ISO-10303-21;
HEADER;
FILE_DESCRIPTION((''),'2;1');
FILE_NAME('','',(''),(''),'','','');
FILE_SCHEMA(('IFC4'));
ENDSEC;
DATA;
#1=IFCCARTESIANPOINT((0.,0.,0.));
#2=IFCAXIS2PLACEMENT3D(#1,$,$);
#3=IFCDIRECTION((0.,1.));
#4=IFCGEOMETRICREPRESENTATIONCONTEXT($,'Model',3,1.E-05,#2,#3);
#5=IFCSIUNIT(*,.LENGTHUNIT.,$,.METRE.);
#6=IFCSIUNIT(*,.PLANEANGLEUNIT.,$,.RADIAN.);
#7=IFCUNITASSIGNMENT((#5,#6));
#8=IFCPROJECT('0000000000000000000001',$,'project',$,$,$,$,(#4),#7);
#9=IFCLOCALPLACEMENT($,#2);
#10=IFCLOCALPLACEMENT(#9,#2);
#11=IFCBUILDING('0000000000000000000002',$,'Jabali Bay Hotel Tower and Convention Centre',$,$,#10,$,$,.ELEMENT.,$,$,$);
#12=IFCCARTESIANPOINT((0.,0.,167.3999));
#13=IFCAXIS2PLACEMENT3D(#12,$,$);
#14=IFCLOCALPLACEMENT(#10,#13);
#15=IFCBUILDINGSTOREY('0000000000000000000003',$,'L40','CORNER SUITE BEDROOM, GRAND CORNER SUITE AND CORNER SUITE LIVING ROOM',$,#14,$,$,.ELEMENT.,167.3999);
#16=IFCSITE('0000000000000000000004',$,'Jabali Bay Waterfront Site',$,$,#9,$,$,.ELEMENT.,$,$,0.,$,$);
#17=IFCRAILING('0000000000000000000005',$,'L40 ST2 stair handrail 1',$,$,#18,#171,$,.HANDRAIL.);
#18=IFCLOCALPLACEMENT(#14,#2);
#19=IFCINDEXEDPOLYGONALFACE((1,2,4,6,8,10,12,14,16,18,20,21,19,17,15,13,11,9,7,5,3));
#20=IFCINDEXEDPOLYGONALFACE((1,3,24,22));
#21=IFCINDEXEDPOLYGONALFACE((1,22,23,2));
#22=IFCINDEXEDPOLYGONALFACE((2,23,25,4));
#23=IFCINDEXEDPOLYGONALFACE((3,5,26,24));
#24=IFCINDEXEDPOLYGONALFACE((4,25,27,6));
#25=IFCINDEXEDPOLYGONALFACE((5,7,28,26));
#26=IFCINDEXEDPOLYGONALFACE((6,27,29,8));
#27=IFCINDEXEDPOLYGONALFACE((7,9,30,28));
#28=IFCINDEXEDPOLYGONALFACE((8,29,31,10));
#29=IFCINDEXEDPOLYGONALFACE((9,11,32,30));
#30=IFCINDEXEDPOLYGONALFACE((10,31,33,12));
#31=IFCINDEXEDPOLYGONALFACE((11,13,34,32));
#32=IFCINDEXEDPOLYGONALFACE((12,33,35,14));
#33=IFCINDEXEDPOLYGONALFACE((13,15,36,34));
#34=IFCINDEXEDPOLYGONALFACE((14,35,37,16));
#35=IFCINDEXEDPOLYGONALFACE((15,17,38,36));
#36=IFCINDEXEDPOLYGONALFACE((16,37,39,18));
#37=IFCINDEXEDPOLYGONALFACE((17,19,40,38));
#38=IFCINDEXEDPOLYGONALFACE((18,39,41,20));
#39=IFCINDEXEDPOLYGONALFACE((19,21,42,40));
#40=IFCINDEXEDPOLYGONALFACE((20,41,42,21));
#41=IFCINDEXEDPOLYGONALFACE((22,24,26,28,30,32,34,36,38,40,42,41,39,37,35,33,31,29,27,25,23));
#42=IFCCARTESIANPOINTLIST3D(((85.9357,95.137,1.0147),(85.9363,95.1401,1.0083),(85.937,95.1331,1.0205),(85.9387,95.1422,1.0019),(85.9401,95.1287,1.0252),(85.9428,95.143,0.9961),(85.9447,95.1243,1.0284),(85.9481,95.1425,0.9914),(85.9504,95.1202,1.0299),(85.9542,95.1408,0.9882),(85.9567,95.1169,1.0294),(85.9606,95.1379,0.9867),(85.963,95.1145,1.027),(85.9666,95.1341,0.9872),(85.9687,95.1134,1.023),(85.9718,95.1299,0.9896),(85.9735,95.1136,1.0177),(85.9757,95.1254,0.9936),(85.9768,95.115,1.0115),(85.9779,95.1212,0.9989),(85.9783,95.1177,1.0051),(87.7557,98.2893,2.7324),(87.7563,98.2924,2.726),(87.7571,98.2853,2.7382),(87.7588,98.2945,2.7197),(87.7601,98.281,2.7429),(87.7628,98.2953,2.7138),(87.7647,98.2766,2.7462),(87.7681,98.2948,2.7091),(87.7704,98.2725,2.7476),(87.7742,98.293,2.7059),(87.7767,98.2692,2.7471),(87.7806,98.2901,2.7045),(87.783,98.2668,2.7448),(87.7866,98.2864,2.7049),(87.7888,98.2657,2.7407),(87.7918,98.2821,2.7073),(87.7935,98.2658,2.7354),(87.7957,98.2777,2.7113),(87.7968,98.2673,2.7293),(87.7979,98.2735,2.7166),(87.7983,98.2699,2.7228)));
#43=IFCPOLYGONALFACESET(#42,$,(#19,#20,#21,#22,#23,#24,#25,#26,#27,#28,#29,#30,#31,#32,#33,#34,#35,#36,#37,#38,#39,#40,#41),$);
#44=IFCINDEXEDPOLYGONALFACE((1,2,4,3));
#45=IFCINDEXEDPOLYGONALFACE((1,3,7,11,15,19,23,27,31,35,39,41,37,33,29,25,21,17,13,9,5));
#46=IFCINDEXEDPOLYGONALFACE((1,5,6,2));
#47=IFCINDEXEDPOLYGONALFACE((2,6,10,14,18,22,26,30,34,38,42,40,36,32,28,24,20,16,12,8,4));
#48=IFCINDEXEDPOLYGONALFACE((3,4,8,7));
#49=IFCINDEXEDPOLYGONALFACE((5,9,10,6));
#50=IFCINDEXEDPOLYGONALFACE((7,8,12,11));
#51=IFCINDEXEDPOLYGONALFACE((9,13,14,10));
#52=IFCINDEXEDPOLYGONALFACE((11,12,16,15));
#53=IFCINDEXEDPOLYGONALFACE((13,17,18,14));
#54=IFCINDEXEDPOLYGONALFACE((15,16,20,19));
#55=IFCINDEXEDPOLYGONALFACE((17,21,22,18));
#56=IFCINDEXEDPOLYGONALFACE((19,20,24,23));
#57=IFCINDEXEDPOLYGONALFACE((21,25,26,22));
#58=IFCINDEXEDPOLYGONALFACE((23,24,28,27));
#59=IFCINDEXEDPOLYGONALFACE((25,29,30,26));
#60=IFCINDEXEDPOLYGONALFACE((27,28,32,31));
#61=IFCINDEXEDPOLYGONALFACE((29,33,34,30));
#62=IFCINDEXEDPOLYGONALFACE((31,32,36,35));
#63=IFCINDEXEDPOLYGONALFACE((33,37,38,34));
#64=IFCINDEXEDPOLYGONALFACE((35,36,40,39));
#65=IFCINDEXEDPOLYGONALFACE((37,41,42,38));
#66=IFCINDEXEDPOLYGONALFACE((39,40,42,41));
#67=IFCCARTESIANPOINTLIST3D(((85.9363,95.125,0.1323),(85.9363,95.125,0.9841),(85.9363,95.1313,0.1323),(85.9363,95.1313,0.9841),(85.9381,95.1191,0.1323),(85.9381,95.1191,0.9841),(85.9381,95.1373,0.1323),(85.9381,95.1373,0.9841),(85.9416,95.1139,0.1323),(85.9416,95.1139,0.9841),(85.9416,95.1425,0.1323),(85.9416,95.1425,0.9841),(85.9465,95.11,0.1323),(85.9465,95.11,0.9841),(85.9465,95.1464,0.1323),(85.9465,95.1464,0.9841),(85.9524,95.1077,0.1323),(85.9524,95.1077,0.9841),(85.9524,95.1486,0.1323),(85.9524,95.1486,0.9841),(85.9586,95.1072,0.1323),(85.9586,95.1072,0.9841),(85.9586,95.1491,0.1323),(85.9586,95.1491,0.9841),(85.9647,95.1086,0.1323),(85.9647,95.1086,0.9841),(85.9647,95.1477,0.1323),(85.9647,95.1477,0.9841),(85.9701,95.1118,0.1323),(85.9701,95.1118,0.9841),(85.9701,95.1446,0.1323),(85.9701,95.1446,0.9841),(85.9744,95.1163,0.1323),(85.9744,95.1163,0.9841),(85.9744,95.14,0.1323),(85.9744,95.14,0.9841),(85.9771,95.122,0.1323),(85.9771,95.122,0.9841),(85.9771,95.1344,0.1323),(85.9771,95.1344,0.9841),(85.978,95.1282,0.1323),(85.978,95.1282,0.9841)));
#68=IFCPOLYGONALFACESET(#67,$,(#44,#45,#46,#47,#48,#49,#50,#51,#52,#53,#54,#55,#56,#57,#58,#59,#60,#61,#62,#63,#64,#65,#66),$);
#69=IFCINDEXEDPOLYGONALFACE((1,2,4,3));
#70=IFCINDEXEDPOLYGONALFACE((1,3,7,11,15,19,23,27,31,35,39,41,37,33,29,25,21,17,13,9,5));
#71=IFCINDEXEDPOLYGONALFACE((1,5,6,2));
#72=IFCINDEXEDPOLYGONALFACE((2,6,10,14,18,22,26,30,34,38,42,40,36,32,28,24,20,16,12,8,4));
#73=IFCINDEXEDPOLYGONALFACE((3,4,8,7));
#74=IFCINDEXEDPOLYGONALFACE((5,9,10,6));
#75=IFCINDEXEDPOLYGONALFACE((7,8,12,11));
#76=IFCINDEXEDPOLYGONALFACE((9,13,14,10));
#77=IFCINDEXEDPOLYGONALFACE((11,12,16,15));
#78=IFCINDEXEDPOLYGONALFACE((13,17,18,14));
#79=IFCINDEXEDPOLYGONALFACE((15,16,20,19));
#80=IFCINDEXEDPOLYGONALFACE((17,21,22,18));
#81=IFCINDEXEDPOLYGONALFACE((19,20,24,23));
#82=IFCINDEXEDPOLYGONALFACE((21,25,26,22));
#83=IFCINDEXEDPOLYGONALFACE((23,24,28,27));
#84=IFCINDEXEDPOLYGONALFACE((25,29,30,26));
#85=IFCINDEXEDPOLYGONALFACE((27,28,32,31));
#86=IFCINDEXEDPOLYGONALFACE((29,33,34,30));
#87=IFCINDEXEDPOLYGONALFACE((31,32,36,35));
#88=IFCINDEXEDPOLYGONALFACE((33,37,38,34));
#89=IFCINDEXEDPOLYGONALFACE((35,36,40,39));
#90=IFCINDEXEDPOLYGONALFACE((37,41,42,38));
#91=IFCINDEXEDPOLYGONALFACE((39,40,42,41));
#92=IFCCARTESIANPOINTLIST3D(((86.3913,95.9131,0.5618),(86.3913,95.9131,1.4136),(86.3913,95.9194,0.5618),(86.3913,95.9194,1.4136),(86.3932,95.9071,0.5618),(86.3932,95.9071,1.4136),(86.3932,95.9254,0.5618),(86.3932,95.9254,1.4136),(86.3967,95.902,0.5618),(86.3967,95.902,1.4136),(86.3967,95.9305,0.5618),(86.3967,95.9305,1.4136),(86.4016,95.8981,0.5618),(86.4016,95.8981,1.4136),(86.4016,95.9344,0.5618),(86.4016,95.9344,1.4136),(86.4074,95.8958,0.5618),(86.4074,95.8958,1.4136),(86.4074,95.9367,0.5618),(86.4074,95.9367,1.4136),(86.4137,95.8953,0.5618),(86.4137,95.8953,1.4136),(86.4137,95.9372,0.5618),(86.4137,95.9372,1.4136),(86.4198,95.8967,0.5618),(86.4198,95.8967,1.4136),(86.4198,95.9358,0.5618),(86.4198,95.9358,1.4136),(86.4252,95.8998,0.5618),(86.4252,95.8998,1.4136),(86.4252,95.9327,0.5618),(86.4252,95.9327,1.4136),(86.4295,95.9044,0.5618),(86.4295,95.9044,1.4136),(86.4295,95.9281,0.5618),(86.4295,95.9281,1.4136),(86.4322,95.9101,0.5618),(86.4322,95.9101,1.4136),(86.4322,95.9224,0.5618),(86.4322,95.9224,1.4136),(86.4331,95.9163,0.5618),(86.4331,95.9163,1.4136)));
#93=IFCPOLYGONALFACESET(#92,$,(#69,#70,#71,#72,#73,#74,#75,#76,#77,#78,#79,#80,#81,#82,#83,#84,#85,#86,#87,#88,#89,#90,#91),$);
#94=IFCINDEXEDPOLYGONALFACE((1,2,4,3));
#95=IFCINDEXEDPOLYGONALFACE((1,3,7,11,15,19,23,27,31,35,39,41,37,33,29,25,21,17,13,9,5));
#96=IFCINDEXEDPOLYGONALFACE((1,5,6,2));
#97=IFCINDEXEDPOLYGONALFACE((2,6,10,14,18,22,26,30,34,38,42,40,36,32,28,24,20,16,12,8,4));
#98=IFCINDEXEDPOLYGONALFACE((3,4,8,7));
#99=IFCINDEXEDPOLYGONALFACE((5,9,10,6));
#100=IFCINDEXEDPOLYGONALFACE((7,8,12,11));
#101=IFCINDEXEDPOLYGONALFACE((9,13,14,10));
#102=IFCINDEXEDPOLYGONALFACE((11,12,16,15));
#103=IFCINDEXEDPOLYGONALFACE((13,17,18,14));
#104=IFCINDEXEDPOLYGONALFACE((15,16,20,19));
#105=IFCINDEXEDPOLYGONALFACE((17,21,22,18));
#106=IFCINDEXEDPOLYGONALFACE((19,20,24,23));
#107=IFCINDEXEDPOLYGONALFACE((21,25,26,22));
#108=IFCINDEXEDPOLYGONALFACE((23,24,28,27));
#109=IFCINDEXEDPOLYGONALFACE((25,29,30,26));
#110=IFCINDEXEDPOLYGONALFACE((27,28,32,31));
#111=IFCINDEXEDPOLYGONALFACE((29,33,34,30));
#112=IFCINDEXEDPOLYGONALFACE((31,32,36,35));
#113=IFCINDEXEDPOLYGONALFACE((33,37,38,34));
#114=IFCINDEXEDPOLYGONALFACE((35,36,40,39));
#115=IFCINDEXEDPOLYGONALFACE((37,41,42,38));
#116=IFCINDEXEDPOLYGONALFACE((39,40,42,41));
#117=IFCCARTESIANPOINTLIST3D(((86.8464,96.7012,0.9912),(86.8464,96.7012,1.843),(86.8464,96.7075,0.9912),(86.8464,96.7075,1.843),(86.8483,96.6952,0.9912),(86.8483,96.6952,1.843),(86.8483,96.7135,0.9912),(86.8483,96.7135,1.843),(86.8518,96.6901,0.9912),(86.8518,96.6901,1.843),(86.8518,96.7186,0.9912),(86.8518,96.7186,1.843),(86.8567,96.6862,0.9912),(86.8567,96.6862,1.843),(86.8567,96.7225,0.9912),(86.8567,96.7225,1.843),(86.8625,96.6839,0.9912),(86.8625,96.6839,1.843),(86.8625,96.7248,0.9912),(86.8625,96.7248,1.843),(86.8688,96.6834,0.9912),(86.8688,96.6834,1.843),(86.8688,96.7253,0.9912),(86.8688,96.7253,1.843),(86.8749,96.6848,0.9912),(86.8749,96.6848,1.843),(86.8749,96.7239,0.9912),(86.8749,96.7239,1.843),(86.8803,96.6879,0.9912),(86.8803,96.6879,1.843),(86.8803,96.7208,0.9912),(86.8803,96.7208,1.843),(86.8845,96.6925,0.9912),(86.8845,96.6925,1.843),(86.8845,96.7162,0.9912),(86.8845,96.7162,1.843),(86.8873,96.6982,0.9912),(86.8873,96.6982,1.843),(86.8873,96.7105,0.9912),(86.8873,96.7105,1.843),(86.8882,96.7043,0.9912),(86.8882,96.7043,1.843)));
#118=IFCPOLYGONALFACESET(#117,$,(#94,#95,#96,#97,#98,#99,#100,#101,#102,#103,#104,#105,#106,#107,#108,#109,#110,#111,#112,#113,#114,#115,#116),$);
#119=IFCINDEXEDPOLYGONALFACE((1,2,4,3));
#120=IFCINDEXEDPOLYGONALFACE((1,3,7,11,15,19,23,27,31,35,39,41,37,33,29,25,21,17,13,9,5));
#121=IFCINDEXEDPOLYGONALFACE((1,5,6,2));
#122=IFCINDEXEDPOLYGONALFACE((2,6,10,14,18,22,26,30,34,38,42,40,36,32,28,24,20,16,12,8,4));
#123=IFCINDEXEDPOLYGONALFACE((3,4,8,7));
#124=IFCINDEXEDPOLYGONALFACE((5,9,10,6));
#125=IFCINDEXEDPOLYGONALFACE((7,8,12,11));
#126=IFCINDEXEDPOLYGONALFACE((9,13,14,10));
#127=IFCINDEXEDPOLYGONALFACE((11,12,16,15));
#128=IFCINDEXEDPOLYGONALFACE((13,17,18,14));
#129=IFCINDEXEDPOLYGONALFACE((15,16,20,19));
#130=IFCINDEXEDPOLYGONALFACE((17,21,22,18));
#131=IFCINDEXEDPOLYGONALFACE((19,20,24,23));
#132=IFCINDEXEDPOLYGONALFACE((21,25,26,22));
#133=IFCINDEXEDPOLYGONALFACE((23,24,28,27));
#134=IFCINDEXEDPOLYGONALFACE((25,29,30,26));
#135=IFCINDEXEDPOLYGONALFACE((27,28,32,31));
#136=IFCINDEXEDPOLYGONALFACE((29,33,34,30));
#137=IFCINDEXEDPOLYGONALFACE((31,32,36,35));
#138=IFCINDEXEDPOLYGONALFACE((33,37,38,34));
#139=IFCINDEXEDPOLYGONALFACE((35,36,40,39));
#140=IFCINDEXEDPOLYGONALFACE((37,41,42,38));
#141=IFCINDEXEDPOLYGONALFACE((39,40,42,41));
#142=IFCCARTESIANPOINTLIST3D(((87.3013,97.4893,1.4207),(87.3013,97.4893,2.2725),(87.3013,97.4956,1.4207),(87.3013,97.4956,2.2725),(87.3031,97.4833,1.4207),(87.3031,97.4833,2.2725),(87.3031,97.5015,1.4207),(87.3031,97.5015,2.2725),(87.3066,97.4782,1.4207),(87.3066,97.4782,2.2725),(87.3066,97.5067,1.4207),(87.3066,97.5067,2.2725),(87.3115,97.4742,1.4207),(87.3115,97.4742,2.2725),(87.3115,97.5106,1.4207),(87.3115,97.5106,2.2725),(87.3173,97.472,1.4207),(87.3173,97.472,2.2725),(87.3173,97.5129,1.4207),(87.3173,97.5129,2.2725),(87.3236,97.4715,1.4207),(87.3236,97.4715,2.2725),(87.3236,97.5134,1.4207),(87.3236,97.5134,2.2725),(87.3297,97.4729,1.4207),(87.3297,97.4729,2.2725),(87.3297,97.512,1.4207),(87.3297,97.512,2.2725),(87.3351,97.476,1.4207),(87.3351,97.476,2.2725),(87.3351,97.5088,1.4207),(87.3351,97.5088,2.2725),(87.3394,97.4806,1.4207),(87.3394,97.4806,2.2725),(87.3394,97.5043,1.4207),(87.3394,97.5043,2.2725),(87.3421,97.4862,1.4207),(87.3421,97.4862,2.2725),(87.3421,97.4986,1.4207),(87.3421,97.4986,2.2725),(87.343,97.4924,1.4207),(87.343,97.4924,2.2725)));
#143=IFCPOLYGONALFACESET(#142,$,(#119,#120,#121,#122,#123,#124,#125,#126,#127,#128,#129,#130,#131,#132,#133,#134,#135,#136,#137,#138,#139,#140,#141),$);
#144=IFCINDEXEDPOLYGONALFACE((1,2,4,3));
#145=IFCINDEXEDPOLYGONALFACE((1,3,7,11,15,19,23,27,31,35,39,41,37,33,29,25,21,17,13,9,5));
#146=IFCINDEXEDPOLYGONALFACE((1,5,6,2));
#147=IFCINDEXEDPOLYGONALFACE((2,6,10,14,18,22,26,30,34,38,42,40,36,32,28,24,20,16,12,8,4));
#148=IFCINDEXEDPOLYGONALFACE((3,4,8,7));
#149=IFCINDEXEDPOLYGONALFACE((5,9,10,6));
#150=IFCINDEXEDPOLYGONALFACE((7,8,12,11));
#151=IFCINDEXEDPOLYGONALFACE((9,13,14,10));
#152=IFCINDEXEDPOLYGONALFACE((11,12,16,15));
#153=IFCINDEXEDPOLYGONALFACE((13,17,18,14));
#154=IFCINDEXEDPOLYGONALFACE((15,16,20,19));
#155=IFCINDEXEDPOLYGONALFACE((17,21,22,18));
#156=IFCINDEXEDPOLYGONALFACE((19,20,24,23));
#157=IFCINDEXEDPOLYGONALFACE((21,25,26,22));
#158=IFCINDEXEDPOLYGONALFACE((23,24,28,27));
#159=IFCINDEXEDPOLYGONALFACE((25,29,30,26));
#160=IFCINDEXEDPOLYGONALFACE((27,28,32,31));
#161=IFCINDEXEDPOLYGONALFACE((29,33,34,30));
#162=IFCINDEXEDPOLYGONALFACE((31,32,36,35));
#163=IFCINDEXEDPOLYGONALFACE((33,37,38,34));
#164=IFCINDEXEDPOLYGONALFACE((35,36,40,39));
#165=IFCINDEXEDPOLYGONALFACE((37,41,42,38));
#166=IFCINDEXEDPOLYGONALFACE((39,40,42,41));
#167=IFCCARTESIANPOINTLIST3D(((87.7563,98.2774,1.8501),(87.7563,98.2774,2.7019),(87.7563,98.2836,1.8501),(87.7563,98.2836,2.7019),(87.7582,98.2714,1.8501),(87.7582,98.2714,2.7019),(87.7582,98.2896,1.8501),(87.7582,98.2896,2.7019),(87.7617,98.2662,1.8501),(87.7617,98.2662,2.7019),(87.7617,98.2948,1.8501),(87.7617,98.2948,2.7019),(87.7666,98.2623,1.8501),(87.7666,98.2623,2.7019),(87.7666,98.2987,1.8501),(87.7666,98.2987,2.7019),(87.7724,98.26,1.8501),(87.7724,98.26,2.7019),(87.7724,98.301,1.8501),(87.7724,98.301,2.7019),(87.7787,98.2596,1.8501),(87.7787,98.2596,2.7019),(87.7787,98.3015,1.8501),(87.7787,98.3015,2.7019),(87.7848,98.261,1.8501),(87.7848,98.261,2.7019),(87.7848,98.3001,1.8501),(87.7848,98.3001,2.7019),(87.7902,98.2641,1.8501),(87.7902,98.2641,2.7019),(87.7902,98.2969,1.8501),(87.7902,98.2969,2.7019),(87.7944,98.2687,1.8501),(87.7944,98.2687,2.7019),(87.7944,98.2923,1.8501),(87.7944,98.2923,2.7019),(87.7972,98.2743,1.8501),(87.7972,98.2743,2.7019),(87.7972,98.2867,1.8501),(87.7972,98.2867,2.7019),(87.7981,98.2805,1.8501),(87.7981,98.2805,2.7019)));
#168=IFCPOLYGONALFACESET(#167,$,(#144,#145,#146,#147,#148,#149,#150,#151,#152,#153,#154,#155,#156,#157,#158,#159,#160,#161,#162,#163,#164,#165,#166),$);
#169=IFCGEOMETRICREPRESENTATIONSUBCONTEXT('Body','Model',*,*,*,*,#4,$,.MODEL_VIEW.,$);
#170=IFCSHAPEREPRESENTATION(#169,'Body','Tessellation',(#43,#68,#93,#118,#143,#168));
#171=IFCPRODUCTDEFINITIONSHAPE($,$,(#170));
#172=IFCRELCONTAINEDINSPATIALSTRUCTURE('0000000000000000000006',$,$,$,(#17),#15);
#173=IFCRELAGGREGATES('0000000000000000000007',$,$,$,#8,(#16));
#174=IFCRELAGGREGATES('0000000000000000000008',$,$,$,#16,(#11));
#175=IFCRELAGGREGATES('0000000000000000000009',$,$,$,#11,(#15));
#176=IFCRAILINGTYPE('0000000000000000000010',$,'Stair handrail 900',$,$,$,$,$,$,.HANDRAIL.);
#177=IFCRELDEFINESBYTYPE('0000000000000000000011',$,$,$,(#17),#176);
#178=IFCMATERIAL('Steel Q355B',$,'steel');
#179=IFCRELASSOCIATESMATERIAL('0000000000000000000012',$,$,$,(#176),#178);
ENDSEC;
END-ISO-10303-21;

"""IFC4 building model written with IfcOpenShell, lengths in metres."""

from ifc_helpers import new_model, si_unit, direction, frame, origin, origin_2d, place, context, subcontext, project, spatial, circle, extrude, material, type_object, element, save


model = new_model("IFC4")

# Units and contexts
model_context = context("Model", 3, precision=1e-05, world=origin(), true_north=direction((0.0, 1.0)))
body_context = subcontext(model_context, "Body", "Model", "MODEL_VIEW")
ifc_project = project(units=[si_unit("LENGTHUNIT", "METRE"), si_unit("PLANEANGLEUNIT", "RADIAN")], contexts=[model_context])

# Site, building, storey
site_placement = place(None, origin())
site = spatial("IfcSite", under=ifc_project, at=site_placement, Name="Jabali Bay Waterfront Site", CompositionType="ELEMENT", RefElevation=0.0)
building_placement = place(site_placement, origin())
building = spatial("IfcBuilding", under=site, at=building_placement, Name="Jabali Bay Hotel Tower and Convention Centre", CompositionType="ELEMENT")
storey_placement = place(building_placement, frame((0.0, 0.0, 167.3999)))
storey = spatial("IfcBuildingStorey", under=building, at=storey_placement, Name="L40", Description="CORNER SUITE BEDROOM, GRAND CORNER SUITE AND CORNER SUITE LIVING ROOM", CompositionType="ELEMENT", Elevation=167.3999)

# Railing
ifc_material_1 = material(Name="Steel Q355B", Category="steel")
railing_type_1 = type_object("IfcRailingType", Name="Stair handrail 900", PredefinedType="HANDRAIL", material=ifc_material_1)
railing_1_placement = place(storey_placement, frame((85.957, 95.1282, 0.1323)))
element("IfcRailing", 1, at=railing_1_placement, inside=storey, type_object=railing_type_1, Name="L40 ST2 stair handrail 1", PredefinedType="HANDRAIL", context=body_context, shape_type="SweptSolid", body=[
    extrude(circle(Radius=0.0239, at=origin_2d()), frame((0.0, 0.0, 0.876), z_axis=(0.45219, 0.78319, 0.426775), x_axis=(-0.866018, 0.500013, 0.0)), (0.0, 0.0, 1.0), 4.0249),
    extrude(circle(Radius=0.021, at=origin_2d()), origin(), (0.0, 0.0, 1.0), 0.8518),
    extrude(circle(Radius=0.021, at=origin_2d()), frame((0.4551, 0.7881, 0.4294)), (0.0, 0.0, 1.0), 0.8518),
    extrude(circle(Radius=0.021, at=origin_2d()), frame((0.9102, 1.5762, 0.8589)), (0.0, 0.0, 1.0), 0.8518),
    extrude(circle(Radius=0.021, at=origin_2d()), frame((1.365, 2.3643, 1.2883)), (0.0, 0.0, 1.0), 0.8518),
    extrude(circle(Radius=0.021, at=origin_2d()), frame((1.8201, 3.1523, 1.7178)), (0.0, 0.0, 1.0), 0.8518),
])

save(model, "model.ifc")
